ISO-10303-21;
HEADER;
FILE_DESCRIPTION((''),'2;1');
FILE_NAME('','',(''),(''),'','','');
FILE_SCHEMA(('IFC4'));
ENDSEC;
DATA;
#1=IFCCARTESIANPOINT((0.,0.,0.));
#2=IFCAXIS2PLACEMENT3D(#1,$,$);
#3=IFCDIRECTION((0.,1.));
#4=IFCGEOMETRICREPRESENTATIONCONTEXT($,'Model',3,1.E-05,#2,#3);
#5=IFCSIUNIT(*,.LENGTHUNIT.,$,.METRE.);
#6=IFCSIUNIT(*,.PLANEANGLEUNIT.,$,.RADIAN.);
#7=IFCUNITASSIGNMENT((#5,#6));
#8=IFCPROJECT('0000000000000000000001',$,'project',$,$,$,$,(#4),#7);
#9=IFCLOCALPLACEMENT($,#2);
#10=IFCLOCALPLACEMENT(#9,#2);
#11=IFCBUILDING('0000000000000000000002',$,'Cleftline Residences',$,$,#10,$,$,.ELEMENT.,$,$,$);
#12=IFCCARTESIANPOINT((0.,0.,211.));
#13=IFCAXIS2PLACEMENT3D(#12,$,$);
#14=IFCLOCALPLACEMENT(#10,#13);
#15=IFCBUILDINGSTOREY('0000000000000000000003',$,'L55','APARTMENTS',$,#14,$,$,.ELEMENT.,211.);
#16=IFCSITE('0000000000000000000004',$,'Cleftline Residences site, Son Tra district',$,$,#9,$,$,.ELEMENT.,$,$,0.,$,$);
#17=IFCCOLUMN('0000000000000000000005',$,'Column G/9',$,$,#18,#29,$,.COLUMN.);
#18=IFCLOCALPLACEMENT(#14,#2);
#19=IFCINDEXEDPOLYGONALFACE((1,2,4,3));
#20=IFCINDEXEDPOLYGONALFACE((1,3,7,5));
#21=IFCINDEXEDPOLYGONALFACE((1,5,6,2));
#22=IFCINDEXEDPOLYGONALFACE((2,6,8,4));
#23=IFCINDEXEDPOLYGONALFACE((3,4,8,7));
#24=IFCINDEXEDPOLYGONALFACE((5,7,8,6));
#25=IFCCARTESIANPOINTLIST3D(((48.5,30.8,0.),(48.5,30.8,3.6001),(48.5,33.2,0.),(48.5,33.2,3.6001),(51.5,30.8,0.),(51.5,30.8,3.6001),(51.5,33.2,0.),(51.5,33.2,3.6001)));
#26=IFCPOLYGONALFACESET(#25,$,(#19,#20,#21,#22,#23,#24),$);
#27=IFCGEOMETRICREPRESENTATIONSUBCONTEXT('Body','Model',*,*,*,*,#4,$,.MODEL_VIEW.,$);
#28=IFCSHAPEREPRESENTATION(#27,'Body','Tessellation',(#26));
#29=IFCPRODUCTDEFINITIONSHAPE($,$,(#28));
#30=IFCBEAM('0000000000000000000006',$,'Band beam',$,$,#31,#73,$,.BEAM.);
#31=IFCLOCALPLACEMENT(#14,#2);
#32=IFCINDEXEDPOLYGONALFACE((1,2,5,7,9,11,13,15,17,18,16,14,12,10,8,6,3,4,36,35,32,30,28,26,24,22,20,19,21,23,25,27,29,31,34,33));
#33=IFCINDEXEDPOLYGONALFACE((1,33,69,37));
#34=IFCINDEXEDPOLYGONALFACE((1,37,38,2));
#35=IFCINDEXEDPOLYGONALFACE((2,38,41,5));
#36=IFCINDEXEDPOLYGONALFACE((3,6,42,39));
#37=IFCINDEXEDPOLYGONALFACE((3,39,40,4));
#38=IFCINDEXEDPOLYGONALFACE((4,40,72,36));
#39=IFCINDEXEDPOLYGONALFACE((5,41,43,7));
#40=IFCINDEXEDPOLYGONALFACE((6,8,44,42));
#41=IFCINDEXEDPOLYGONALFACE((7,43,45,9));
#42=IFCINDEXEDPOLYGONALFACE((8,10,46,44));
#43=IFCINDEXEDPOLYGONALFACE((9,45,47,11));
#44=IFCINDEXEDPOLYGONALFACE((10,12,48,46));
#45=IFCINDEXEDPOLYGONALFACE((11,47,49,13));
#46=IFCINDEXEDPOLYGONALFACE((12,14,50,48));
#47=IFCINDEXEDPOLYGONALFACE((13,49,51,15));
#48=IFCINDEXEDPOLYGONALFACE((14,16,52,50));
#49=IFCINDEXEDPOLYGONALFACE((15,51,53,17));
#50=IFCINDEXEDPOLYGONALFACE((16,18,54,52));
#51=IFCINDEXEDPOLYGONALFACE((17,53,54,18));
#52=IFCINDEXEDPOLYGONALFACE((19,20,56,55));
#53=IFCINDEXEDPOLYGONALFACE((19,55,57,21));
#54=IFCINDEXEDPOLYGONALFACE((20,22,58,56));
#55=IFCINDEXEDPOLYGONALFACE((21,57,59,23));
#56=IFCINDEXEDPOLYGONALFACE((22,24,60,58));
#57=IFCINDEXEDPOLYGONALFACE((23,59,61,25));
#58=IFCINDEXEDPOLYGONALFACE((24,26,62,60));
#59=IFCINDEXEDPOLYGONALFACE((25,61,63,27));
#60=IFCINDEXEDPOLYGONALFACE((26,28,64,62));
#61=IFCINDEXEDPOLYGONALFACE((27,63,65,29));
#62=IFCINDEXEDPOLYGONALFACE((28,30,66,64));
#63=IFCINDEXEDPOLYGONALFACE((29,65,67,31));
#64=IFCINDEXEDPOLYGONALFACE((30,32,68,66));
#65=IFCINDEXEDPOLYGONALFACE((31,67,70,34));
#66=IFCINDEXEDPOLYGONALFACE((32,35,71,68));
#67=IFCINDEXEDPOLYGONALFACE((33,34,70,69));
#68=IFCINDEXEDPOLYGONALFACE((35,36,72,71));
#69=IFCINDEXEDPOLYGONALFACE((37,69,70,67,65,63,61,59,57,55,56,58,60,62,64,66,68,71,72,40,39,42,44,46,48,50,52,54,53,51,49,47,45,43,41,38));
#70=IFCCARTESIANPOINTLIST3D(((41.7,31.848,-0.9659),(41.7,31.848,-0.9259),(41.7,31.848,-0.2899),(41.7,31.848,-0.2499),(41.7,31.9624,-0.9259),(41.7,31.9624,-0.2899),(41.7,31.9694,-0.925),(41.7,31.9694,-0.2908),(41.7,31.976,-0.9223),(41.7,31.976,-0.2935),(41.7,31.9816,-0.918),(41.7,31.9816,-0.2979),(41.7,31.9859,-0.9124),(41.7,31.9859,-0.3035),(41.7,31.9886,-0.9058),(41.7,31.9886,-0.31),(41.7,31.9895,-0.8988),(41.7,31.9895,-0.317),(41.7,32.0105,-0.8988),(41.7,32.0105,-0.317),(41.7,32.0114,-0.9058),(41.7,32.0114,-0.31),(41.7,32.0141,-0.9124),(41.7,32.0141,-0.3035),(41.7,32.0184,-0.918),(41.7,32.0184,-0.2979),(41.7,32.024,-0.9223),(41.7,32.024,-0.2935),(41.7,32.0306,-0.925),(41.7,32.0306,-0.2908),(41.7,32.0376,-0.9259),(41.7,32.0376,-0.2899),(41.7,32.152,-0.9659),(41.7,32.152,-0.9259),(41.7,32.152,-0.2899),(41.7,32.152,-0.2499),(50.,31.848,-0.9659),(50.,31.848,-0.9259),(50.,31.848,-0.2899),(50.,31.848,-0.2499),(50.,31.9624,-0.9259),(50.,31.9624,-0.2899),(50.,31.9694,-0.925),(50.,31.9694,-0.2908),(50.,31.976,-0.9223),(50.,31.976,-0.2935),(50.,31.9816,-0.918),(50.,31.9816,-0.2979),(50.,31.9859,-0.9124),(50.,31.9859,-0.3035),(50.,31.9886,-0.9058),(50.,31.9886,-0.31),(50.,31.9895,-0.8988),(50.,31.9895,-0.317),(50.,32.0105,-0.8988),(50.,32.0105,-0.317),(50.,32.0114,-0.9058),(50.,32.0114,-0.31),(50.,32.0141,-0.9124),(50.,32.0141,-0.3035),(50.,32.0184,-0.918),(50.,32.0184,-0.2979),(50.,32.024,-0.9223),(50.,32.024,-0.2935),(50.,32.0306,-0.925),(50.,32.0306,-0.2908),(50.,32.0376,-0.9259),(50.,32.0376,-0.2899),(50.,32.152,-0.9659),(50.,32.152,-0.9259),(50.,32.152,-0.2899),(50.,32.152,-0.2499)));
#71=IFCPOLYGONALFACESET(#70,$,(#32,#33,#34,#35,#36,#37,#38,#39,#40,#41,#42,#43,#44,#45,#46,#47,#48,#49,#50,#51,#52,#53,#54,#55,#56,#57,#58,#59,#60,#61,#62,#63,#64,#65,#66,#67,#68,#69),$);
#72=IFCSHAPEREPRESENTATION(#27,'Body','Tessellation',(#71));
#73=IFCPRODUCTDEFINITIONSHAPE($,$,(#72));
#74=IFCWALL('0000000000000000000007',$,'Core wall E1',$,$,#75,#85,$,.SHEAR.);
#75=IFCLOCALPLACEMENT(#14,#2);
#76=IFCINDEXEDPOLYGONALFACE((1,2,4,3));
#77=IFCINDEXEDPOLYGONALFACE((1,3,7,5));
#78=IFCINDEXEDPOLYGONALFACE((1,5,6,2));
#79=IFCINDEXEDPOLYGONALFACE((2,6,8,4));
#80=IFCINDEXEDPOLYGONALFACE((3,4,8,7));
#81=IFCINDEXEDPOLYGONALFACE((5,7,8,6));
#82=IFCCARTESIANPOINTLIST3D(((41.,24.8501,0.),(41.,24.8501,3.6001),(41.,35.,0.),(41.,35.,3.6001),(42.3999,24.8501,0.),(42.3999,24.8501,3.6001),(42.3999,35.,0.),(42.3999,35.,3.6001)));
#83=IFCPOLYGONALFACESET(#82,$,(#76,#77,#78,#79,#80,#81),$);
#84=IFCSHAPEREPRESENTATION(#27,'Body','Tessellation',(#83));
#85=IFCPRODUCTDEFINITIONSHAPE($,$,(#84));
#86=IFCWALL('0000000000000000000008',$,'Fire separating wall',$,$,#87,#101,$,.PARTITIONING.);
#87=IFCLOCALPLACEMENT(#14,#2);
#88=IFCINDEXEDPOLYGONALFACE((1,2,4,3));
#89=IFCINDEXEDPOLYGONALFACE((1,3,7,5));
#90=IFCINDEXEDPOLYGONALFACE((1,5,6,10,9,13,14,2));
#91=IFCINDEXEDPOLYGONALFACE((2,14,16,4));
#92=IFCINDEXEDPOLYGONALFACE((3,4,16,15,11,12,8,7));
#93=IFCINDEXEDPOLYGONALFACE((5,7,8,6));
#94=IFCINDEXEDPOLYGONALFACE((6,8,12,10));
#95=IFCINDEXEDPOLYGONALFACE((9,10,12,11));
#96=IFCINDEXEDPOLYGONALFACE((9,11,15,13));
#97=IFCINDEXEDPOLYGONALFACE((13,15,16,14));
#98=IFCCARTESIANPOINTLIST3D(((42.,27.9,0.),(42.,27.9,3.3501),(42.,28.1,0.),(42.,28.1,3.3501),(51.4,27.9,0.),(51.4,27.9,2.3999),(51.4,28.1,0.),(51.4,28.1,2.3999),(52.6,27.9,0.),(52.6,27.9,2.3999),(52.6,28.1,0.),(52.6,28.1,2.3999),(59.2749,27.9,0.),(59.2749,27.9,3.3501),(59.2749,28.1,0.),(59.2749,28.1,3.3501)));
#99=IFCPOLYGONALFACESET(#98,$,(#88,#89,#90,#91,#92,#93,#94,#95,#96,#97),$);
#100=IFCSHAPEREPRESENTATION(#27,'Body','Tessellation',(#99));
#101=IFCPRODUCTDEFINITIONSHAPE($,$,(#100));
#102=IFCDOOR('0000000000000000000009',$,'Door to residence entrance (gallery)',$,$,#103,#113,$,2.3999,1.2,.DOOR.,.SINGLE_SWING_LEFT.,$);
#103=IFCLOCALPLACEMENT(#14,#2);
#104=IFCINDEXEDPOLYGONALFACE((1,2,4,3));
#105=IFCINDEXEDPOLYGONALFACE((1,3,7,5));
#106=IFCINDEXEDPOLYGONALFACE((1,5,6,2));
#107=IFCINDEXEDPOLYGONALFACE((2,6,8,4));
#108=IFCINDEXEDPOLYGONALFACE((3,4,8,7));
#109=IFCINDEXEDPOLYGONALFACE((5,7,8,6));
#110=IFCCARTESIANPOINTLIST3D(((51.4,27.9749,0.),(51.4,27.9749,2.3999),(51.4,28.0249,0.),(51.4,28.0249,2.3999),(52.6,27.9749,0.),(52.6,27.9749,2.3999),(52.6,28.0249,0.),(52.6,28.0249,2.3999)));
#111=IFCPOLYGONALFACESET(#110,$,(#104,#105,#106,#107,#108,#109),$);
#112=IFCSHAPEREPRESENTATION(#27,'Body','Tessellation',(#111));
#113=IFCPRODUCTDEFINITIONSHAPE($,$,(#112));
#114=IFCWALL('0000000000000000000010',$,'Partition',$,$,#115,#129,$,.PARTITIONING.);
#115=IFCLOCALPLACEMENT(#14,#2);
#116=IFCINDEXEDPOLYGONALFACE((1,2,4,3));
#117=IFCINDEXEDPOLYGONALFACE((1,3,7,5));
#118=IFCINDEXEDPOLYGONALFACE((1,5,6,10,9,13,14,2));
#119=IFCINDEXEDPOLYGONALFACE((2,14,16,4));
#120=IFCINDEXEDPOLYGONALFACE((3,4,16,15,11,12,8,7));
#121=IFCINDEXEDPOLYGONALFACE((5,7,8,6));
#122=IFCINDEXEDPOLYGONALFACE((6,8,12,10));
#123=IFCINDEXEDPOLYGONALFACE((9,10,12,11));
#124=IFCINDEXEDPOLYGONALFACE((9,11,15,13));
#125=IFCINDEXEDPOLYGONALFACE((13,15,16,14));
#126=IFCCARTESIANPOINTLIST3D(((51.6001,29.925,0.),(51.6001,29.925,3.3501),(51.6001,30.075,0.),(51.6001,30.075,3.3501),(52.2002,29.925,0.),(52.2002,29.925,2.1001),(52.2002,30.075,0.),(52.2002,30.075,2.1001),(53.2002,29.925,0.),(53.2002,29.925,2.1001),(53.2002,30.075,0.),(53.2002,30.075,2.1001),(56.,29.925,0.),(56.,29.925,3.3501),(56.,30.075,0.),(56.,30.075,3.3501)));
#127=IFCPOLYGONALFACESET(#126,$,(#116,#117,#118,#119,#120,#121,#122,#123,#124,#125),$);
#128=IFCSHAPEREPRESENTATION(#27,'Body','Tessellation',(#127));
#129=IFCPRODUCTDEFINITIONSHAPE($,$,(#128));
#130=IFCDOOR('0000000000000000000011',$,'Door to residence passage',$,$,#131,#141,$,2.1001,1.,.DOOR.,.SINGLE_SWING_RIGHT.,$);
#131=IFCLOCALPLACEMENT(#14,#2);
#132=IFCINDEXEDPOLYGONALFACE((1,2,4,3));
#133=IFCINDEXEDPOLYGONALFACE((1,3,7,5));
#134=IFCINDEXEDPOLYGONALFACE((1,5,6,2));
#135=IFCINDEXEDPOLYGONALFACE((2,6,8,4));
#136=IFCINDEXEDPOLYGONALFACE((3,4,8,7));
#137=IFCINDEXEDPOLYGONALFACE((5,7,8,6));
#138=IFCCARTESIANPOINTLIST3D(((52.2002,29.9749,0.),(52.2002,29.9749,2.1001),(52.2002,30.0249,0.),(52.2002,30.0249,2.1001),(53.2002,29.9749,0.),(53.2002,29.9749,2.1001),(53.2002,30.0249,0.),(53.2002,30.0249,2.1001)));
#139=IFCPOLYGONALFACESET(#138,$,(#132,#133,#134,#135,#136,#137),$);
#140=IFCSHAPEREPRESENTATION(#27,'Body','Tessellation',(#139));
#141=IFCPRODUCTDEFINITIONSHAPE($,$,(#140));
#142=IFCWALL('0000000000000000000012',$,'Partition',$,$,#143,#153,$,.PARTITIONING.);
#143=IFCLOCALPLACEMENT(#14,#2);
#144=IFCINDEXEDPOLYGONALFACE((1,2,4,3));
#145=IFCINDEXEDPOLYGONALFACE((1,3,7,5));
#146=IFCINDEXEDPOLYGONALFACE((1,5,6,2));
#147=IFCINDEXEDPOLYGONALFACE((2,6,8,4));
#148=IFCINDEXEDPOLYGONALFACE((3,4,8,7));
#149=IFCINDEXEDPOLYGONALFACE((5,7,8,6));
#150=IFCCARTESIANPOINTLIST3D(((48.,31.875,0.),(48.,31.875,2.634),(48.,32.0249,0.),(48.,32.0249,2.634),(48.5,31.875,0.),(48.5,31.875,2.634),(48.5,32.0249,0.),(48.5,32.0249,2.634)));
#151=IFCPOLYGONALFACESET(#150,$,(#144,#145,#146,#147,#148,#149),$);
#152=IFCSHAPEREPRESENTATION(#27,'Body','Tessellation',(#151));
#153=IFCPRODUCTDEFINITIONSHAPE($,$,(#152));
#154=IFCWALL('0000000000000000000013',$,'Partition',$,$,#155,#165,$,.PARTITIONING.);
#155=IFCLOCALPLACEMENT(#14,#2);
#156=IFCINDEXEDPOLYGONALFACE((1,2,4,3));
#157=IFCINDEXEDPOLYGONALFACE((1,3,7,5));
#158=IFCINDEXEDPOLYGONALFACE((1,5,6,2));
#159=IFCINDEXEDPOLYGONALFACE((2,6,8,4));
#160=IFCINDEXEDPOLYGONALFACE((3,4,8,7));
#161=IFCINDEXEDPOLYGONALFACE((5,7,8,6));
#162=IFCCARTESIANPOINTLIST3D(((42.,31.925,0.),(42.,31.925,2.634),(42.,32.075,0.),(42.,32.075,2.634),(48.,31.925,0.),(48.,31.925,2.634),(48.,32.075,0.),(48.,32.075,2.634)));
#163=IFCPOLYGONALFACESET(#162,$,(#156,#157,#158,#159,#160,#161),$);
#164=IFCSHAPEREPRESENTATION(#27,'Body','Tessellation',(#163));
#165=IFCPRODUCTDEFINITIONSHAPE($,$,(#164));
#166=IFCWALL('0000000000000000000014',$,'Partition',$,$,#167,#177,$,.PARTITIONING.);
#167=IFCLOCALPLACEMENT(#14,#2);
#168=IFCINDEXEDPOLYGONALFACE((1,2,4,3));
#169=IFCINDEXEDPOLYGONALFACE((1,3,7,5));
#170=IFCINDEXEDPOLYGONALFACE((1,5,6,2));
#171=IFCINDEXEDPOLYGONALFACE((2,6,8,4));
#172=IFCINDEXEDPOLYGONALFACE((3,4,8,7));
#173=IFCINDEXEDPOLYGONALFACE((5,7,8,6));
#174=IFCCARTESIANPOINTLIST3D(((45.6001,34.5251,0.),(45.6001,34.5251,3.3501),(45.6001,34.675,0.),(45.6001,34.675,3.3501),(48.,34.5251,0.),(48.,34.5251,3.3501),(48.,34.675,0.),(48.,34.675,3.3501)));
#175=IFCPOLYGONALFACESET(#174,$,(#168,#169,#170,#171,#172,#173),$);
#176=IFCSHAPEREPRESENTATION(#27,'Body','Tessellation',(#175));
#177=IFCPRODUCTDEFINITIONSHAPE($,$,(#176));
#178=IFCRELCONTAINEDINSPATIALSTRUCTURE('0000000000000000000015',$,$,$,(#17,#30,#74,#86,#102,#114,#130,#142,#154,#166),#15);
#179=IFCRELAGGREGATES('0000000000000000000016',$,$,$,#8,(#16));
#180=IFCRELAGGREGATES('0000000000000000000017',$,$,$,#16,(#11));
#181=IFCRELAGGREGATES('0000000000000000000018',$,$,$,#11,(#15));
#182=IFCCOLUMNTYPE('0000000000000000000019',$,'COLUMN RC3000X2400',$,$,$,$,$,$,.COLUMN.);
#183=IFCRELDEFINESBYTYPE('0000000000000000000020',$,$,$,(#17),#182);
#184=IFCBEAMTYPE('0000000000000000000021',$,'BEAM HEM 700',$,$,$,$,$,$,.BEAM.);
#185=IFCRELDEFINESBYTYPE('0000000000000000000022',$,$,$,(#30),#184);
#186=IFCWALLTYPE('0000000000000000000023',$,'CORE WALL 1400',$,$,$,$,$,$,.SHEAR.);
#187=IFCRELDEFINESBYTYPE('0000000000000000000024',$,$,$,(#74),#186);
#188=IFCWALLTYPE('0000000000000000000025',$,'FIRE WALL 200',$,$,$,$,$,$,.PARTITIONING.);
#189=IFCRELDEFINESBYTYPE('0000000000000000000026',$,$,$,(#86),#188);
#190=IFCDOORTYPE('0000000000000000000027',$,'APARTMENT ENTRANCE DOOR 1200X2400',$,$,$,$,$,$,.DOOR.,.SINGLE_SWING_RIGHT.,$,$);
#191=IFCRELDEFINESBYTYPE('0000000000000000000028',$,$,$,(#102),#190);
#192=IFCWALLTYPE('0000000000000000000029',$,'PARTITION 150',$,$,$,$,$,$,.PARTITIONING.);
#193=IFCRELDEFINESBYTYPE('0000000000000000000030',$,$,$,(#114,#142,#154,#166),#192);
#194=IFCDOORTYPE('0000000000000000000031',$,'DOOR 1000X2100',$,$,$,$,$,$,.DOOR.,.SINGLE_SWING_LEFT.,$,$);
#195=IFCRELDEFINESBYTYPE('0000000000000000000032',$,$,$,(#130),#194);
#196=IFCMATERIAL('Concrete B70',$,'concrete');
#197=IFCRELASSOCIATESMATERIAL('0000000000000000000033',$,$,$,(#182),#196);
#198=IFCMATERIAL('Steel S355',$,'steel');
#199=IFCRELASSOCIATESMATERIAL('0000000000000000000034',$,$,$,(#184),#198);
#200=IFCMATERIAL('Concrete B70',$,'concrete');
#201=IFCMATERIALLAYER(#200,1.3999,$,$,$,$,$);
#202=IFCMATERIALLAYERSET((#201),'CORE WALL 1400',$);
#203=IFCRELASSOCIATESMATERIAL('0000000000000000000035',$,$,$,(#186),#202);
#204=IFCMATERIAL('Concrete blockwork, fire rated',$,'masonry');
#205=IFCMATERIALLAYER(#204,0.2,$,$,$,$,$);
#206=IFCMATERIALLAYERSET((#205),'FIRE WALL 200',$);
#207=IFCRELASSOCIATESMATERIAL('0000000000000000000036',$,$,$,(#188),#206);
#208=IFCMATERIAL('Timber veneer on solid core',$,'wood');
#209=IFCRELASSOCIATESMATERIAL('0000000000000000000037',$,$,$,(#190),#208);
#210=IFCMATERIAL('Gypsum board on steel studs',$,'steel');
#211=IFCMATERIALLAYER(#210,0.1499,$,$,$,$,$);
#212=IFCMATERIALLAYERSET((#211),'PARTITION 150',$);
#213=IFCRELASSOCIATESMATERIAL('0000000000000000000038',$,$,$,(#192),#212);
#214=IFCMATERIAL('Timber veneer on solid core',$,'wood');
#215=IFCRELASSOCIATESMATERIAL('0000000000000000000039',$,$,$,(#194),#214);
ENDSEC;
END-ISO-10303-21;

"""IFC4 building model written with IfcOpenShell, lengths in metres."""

from ifc_helpers import new_model, si_unit, direction, frame, frame_2d, origin, origin_2d, place, context, subcontext, project, spatial, rectangle, i_section, extrude, material, layer, layer_set, material_profile, profile_set, type_object, element, fill, save


model = new_model("IFC4")

# Units and contexts
model_context = context("Model", 3, precision=1e-05, world=origin(), true_north=direction((0.0, 1.0)))
body_context = subcontext(model_context, "Body", "Model", "MODEL_VIEW")
ifc_project = project(units=[si_unit("LENGTHUNIT", "METRE"), si_unit("PLANEANGLEUNIT", "RADIAN")], contexts=[model_context])

# Site, building, storey
site_placement = place(None, origin())
site = spatial("IfcSite", under=ifc_project, at=site_placement, Name="Cleftline Residences site, Son Tra district", CompositionType="ELEMENT", RefElevation=0.0)
building_placement = place(site_placement, origin())
building = spatial("IfcBuilding", under=site, at=building_placement, Name="Cleftline Residences", CompositionType="ELEMENT")
storey_placement = place(building_placement, frame((0.0, 0.0, 211.0)))
storey = spatial("IfcBuildingStorey", under=building, at=storey_placement, Name="L55", Description="APARTMENTS", CompositionType="ELEMENT", Elevation=211.0)

# Column
ifc_material_1 = material(Name="Concrete B70", Category="concrete")
ifc_material_profile_1 = material_profile(ifc_material_1, rectangle(XDim=3.0, YDim=2.3999, at=origin_2d()))
ifc_profile_set_1 = profile_set([ifc_material_profile_1], Name="Concrete B70")
column_type = type_object("IfcColumnType", Name="COLUMN RC3000X2400", PredefinedType="COLUMN", material=ifc_profile_set_1)
column_placement = place(storey_placement, frame((50.0, 32.0, 0.0), z_axis=(0.0, 0.0, 1.0), x_axis=(1.0, 0.0, 0.0)))
element("IfcColumn", 1, at=column_placement, inside=storey, type_object=column_type, Name="Column G/9", PredefinedType="COLUMN", context=body_context, shape_type="SweptSolid", body=[
    extrude(rectangle(XDim=3.0, YDim=2.3999, at=origin_2d()), origin(), (0.0, 0.0, 1.0), 3.6001),
])

# Beam
ifc_material_2 = material(Name="Steel S355", Category="steel")
ifc_material_profile_2 = material_profile(ifc_material_2, i_section(OverallWidth=0.304, OverallDepth=0.7161, WebThickness=0.021, FlangeThickness=0.04, FilletRadius=0.0271, at=origin_2d()))
ifc_profile_set_2 = profile_set([ifc_material_profile_2], Name="Steel S355")
beam_type = type_object("IfcBeamType", Name="BEAM HEM 700", PredefinedType="BEAM", material=ifc_profile_set_2)
beam_placement = place(storey_placement, frame((50.0, 32.0, -0.6079), z_axis=(-1.0, 0.0, 0.0), x_axis=(0.0, -1.0, 0.0)))
element("IfcBeam", 2, at=beam_placement, inside=storey, type_object=beam_type, Name="Band beam", PredefinedType="BEAM", context=body_context, shape_type="SweptSolid", body=[
    extrude(i_section(OverallWidth=0.304, OverallDepth=0.7161, WebThickness=0.021, FlangeThickness=0.04, FilletRadius=0.0271, at=origin_2d()), origin(), (0.0, 0.0, 1.0), 8.3),
])

# Wall
ifc_material_3 = material(Name="Concrete B70", Category="concrete")
ifc_layer_1 = layer(ifc_material_3, 1.3999)
ifc_layer_set_1 = layer_set([ifc_layer_1], Name="CORE WALL 1400")
wall_type_1 = type_object("IfcWallType", Name="CORE WALL 1400", PredefinedType="SHEAR", material=ifc_layer_set_1)
wall_1_placement = place(storey_placement, frame((41.7, 24.8501, 0.0), z_axis=(0.0, 0.0, 1.0), x_axis=(0.0, 1.0, 0.0)))
element("IfcWall", 3, at=wall_1_placement, inside=storey, type_object=wall_type_1, Name="Core wall E1", PredefinedType="SHEAR", context=body_context, shape_type="SweptSolid", body=[
    extrude(rectangle(XDim=10.1499, YDim=1.3999, at=frame_2d((5.075, 0.0))), origin(), (0.0, 0.0, 1.0), 3.6001),
])

# Walls, openings, doors
ifc_material_4 = material(Name="Concrete blockwork, fire rated", Category="masonry")
ifc_layer_2 = layer(ifc_material_4, 0.2)
ifc_layer_set_2 = layer_set([ifc_layer_2], Name="FIRE WALL 200")
wall_type_2 = type_object("IfcWallType", Name="FIRE WALL 200", PredefinedType="PARTITIONING", material=ifc_layer_set_2)
wall_2_placement = place(storey_placement, frame((42.0, 28.0, 0.0), z_axis=(0.0, 0.0, 1.0), x_axis=(1.0, 0.0, 0.0)))
wall_2 = element("IfcWall", 4, at=wall_2_placement, inside=storey, type_object=wall_type_2, Name="Fire separating wall", PredefinedType="PARTITIONING", context=body_context, shape_type="SweptSolid", body=[
    extrude(rectangle(XDim=17.2749, YDim=0.2, at=frame_2d((8.6375, 0.0))), origin(), (0.0, 0.0, 1.0), 3.3501),
])
opening_1_placement = place(wall_2_placement, frame((9.3999, 0.0, 0.0)))
opening_1 = element("IfcOpeningElement", 5, at=opening_1_placement, cuts=wall_2, PredefinedType="OPENING", context=body_context, shape_type="SweptSolid", body=[
    extrude(rectangle(XDim=1.2, YDim=2.3999, at=frame_2d((0.6001, 1.2))), frame((0.0, 0.1099, 0.0), z_axis=(0.0, -1.0, 0.0), x_axis=(1.0, 0.0, 0.0)), (0.0, 0.0, 1.0), 0.22),
])
ifc_material_5 = material(Name="Timber veneer on solid core", Category="wood")
door_type_1 = type_object("IfcDoorType", Name="APARTMENT ENTRANCE DOOR 1200X2400", OperationType="SINGLE_SWING_RIGHT", PredefinedType="DOOR", material=ifc_material_5)
door_1_placement = place(opening_1_placement, origin())
door_1 = element("IfcDoor", 6, at=door_1_placement, inside=storey, type_object=door_type_1, Name="Door to residence entrance (gallery)", OperationType="SINGLE_SWING_LEFT", OverallHeight=2.3999, OverallWidth=1.2, PredefinedType="DOOR", context=body_context, shape_type="SweptSolid", body=[
    extrude(rectangle(XDim=1.2, YDim=2.3999, at=frame_2d((0.6001, 1.2))), frame((0.0, 0.0249, 0.0), z_axis=(0.0, -1.0, 0.0), x_axis=(1.0, 0.0, 0.0)), (0.0, 0.0, 1.0), 0.05),
])
fill(opening_1, door_1)
ifc_material_6 = material(Name="Gypsum board on steel studs", Category="steel")
ifc_layer_3 = layer(ifc_material_6, 0.1499)
ifc_layer_set_3 = layer_set([ifc_layer_3], Name="PARTITION 150")
wall_type_3 = type_object("IfcWallType", Name="PARTITION 150", PredefinedType="PARTITIONING", material=ifc_layer_set_3)
wall_3_placement = place(storey_placement, frame((51.6001, 30.0, 0.0), z_axis=(0.0, 0.0, 1.0), x_axis=(1.0, 0.0, 0.0)))
wall_3 = element("IfcWall", 7, at=wall_3_placement, inside=storey, type_object=wall_type_3, Name="Partition", PredefinedType="PARTITIONING", context=body_context, shape_type="SweptSolid", body=[
    extrude(rectangle(XDim=4.3999, YDim=0.1499, at=frame_2d((2.2, 0.0))), origin(), (0.0, 0.0, 1.0), 3.3501),
])
opening_2_placement = place(wall_3_placement, frame((0.6001, 0.0, 0.0)))
opening_2 = element("IfcOpeningElement", 8, at=opening_2_placement, cuts=wall_3, PredefinedType="OPENING", context=body_context, shape_type="SweptSolid", body=[
    extrude(rectangle(XDim=1.0, YDim=2.1001, at=frame_2d((0.5, 1.05))), frame((0.0, 0.085, 0.0), z_axis=(0.0, -1.0, 0.0), x_axis=(1.0, 0.0, 0.0)), (0.0, 0.0, 1.0), 0.1699),
])
ifc_material_7 = material(Name="Timber veneer on solid core", Category="wood")
door_type_2 = type_object("IfcDoorType", Name="DOOR 1000X2100", OperationType="SINGLE_SWING_LEFT", PredefinedType="DOOR", material=ifc_material_7)
door_2_placement = place(opening_2_placement, origin())
door_2 = element("IfcDoor", 9, at=door_2_placement, inside=storey, type_object=door_type_2, Name="Door to residence passage", OperationType="SINGLE_SWING_RIGHT", OverallHeight=2.1001, OverallWidth=1.0, PredefinedType="DOOR", context=body_context, shape_type="SweptSolid", body=[
    extrude(rectangle(XDim=1.0, YDim=2.1001, at=frame_2d((0.5, 1.05))), frame((0.0, 0.0249, 0.0), z_axis=(0.0, -1.0, 0.0), x_axis=(1.0, 0.0, 0.0)), (0.0, 0.0, 1.0), 0.05),
])
fill(opening_2, door_2)

# Walls
wall_4_placement = place(storey_placement, frame((48.0, 31.95, 0.0), z_axis=(0.0, 0.0, 1.0), x_axis=(1.0, 0.0, 0.0)))
element("IfcWall", 10, at=wall_4_placement, inside=storey, type_object=wall_type_3, Name="Partition", PredefinedType="PARTITIONING", context=body_context, shape_type="SweptSolid", body=[
    extrude(rectangle(XDim=0.5, YDim=0.1499, at=frame_2d((0.25, 0.0))), origin(), (0.0, 0.0, 1.0), 2.634),
])
wall_5_placement = place(storey_placement, frame((42.0, 32.0, 0.0), z_axis=(0.0, 0.0, 1.0), x_axis=(1.0, 0.0, 0.0)))
element("IfcWall", 11, at=wall_5_placement, inside=storey, type_object=wall_type_3, Name="Partition", PredefinedType="PARTITIONING", context=body_context, shape_type="SweptSolid", body=[
    extrude(rectangle(XDim=6.0, YDim=0.1499, at=frame_2d((3.0, 0.0))), origin(), (0.0, 0.0, 1.0), 2.634),
])
wall_6_placement = place(storey_placement, frame((45.6001, 34.6001, 0.0), z_axis=(0.0, 0.0, 1.0), x_axis=(1.0, 0.0, 0.0)))
element("IfcWall", 12, at=wall_6_placement, inside=storey, type_object=wall_type_3, Name="Partition", PredefinedType="PARTITIONING", context=body_context, shape_type="SweptSolid", body=[
    extrude(rectangle(XDim=2.3999, YDim=0.1499, at=frame_2d((1.2, 0.0))), origin(), (0.0, 0.0, 1.0), 3.3501),
])

save(model, "model.ifc")
